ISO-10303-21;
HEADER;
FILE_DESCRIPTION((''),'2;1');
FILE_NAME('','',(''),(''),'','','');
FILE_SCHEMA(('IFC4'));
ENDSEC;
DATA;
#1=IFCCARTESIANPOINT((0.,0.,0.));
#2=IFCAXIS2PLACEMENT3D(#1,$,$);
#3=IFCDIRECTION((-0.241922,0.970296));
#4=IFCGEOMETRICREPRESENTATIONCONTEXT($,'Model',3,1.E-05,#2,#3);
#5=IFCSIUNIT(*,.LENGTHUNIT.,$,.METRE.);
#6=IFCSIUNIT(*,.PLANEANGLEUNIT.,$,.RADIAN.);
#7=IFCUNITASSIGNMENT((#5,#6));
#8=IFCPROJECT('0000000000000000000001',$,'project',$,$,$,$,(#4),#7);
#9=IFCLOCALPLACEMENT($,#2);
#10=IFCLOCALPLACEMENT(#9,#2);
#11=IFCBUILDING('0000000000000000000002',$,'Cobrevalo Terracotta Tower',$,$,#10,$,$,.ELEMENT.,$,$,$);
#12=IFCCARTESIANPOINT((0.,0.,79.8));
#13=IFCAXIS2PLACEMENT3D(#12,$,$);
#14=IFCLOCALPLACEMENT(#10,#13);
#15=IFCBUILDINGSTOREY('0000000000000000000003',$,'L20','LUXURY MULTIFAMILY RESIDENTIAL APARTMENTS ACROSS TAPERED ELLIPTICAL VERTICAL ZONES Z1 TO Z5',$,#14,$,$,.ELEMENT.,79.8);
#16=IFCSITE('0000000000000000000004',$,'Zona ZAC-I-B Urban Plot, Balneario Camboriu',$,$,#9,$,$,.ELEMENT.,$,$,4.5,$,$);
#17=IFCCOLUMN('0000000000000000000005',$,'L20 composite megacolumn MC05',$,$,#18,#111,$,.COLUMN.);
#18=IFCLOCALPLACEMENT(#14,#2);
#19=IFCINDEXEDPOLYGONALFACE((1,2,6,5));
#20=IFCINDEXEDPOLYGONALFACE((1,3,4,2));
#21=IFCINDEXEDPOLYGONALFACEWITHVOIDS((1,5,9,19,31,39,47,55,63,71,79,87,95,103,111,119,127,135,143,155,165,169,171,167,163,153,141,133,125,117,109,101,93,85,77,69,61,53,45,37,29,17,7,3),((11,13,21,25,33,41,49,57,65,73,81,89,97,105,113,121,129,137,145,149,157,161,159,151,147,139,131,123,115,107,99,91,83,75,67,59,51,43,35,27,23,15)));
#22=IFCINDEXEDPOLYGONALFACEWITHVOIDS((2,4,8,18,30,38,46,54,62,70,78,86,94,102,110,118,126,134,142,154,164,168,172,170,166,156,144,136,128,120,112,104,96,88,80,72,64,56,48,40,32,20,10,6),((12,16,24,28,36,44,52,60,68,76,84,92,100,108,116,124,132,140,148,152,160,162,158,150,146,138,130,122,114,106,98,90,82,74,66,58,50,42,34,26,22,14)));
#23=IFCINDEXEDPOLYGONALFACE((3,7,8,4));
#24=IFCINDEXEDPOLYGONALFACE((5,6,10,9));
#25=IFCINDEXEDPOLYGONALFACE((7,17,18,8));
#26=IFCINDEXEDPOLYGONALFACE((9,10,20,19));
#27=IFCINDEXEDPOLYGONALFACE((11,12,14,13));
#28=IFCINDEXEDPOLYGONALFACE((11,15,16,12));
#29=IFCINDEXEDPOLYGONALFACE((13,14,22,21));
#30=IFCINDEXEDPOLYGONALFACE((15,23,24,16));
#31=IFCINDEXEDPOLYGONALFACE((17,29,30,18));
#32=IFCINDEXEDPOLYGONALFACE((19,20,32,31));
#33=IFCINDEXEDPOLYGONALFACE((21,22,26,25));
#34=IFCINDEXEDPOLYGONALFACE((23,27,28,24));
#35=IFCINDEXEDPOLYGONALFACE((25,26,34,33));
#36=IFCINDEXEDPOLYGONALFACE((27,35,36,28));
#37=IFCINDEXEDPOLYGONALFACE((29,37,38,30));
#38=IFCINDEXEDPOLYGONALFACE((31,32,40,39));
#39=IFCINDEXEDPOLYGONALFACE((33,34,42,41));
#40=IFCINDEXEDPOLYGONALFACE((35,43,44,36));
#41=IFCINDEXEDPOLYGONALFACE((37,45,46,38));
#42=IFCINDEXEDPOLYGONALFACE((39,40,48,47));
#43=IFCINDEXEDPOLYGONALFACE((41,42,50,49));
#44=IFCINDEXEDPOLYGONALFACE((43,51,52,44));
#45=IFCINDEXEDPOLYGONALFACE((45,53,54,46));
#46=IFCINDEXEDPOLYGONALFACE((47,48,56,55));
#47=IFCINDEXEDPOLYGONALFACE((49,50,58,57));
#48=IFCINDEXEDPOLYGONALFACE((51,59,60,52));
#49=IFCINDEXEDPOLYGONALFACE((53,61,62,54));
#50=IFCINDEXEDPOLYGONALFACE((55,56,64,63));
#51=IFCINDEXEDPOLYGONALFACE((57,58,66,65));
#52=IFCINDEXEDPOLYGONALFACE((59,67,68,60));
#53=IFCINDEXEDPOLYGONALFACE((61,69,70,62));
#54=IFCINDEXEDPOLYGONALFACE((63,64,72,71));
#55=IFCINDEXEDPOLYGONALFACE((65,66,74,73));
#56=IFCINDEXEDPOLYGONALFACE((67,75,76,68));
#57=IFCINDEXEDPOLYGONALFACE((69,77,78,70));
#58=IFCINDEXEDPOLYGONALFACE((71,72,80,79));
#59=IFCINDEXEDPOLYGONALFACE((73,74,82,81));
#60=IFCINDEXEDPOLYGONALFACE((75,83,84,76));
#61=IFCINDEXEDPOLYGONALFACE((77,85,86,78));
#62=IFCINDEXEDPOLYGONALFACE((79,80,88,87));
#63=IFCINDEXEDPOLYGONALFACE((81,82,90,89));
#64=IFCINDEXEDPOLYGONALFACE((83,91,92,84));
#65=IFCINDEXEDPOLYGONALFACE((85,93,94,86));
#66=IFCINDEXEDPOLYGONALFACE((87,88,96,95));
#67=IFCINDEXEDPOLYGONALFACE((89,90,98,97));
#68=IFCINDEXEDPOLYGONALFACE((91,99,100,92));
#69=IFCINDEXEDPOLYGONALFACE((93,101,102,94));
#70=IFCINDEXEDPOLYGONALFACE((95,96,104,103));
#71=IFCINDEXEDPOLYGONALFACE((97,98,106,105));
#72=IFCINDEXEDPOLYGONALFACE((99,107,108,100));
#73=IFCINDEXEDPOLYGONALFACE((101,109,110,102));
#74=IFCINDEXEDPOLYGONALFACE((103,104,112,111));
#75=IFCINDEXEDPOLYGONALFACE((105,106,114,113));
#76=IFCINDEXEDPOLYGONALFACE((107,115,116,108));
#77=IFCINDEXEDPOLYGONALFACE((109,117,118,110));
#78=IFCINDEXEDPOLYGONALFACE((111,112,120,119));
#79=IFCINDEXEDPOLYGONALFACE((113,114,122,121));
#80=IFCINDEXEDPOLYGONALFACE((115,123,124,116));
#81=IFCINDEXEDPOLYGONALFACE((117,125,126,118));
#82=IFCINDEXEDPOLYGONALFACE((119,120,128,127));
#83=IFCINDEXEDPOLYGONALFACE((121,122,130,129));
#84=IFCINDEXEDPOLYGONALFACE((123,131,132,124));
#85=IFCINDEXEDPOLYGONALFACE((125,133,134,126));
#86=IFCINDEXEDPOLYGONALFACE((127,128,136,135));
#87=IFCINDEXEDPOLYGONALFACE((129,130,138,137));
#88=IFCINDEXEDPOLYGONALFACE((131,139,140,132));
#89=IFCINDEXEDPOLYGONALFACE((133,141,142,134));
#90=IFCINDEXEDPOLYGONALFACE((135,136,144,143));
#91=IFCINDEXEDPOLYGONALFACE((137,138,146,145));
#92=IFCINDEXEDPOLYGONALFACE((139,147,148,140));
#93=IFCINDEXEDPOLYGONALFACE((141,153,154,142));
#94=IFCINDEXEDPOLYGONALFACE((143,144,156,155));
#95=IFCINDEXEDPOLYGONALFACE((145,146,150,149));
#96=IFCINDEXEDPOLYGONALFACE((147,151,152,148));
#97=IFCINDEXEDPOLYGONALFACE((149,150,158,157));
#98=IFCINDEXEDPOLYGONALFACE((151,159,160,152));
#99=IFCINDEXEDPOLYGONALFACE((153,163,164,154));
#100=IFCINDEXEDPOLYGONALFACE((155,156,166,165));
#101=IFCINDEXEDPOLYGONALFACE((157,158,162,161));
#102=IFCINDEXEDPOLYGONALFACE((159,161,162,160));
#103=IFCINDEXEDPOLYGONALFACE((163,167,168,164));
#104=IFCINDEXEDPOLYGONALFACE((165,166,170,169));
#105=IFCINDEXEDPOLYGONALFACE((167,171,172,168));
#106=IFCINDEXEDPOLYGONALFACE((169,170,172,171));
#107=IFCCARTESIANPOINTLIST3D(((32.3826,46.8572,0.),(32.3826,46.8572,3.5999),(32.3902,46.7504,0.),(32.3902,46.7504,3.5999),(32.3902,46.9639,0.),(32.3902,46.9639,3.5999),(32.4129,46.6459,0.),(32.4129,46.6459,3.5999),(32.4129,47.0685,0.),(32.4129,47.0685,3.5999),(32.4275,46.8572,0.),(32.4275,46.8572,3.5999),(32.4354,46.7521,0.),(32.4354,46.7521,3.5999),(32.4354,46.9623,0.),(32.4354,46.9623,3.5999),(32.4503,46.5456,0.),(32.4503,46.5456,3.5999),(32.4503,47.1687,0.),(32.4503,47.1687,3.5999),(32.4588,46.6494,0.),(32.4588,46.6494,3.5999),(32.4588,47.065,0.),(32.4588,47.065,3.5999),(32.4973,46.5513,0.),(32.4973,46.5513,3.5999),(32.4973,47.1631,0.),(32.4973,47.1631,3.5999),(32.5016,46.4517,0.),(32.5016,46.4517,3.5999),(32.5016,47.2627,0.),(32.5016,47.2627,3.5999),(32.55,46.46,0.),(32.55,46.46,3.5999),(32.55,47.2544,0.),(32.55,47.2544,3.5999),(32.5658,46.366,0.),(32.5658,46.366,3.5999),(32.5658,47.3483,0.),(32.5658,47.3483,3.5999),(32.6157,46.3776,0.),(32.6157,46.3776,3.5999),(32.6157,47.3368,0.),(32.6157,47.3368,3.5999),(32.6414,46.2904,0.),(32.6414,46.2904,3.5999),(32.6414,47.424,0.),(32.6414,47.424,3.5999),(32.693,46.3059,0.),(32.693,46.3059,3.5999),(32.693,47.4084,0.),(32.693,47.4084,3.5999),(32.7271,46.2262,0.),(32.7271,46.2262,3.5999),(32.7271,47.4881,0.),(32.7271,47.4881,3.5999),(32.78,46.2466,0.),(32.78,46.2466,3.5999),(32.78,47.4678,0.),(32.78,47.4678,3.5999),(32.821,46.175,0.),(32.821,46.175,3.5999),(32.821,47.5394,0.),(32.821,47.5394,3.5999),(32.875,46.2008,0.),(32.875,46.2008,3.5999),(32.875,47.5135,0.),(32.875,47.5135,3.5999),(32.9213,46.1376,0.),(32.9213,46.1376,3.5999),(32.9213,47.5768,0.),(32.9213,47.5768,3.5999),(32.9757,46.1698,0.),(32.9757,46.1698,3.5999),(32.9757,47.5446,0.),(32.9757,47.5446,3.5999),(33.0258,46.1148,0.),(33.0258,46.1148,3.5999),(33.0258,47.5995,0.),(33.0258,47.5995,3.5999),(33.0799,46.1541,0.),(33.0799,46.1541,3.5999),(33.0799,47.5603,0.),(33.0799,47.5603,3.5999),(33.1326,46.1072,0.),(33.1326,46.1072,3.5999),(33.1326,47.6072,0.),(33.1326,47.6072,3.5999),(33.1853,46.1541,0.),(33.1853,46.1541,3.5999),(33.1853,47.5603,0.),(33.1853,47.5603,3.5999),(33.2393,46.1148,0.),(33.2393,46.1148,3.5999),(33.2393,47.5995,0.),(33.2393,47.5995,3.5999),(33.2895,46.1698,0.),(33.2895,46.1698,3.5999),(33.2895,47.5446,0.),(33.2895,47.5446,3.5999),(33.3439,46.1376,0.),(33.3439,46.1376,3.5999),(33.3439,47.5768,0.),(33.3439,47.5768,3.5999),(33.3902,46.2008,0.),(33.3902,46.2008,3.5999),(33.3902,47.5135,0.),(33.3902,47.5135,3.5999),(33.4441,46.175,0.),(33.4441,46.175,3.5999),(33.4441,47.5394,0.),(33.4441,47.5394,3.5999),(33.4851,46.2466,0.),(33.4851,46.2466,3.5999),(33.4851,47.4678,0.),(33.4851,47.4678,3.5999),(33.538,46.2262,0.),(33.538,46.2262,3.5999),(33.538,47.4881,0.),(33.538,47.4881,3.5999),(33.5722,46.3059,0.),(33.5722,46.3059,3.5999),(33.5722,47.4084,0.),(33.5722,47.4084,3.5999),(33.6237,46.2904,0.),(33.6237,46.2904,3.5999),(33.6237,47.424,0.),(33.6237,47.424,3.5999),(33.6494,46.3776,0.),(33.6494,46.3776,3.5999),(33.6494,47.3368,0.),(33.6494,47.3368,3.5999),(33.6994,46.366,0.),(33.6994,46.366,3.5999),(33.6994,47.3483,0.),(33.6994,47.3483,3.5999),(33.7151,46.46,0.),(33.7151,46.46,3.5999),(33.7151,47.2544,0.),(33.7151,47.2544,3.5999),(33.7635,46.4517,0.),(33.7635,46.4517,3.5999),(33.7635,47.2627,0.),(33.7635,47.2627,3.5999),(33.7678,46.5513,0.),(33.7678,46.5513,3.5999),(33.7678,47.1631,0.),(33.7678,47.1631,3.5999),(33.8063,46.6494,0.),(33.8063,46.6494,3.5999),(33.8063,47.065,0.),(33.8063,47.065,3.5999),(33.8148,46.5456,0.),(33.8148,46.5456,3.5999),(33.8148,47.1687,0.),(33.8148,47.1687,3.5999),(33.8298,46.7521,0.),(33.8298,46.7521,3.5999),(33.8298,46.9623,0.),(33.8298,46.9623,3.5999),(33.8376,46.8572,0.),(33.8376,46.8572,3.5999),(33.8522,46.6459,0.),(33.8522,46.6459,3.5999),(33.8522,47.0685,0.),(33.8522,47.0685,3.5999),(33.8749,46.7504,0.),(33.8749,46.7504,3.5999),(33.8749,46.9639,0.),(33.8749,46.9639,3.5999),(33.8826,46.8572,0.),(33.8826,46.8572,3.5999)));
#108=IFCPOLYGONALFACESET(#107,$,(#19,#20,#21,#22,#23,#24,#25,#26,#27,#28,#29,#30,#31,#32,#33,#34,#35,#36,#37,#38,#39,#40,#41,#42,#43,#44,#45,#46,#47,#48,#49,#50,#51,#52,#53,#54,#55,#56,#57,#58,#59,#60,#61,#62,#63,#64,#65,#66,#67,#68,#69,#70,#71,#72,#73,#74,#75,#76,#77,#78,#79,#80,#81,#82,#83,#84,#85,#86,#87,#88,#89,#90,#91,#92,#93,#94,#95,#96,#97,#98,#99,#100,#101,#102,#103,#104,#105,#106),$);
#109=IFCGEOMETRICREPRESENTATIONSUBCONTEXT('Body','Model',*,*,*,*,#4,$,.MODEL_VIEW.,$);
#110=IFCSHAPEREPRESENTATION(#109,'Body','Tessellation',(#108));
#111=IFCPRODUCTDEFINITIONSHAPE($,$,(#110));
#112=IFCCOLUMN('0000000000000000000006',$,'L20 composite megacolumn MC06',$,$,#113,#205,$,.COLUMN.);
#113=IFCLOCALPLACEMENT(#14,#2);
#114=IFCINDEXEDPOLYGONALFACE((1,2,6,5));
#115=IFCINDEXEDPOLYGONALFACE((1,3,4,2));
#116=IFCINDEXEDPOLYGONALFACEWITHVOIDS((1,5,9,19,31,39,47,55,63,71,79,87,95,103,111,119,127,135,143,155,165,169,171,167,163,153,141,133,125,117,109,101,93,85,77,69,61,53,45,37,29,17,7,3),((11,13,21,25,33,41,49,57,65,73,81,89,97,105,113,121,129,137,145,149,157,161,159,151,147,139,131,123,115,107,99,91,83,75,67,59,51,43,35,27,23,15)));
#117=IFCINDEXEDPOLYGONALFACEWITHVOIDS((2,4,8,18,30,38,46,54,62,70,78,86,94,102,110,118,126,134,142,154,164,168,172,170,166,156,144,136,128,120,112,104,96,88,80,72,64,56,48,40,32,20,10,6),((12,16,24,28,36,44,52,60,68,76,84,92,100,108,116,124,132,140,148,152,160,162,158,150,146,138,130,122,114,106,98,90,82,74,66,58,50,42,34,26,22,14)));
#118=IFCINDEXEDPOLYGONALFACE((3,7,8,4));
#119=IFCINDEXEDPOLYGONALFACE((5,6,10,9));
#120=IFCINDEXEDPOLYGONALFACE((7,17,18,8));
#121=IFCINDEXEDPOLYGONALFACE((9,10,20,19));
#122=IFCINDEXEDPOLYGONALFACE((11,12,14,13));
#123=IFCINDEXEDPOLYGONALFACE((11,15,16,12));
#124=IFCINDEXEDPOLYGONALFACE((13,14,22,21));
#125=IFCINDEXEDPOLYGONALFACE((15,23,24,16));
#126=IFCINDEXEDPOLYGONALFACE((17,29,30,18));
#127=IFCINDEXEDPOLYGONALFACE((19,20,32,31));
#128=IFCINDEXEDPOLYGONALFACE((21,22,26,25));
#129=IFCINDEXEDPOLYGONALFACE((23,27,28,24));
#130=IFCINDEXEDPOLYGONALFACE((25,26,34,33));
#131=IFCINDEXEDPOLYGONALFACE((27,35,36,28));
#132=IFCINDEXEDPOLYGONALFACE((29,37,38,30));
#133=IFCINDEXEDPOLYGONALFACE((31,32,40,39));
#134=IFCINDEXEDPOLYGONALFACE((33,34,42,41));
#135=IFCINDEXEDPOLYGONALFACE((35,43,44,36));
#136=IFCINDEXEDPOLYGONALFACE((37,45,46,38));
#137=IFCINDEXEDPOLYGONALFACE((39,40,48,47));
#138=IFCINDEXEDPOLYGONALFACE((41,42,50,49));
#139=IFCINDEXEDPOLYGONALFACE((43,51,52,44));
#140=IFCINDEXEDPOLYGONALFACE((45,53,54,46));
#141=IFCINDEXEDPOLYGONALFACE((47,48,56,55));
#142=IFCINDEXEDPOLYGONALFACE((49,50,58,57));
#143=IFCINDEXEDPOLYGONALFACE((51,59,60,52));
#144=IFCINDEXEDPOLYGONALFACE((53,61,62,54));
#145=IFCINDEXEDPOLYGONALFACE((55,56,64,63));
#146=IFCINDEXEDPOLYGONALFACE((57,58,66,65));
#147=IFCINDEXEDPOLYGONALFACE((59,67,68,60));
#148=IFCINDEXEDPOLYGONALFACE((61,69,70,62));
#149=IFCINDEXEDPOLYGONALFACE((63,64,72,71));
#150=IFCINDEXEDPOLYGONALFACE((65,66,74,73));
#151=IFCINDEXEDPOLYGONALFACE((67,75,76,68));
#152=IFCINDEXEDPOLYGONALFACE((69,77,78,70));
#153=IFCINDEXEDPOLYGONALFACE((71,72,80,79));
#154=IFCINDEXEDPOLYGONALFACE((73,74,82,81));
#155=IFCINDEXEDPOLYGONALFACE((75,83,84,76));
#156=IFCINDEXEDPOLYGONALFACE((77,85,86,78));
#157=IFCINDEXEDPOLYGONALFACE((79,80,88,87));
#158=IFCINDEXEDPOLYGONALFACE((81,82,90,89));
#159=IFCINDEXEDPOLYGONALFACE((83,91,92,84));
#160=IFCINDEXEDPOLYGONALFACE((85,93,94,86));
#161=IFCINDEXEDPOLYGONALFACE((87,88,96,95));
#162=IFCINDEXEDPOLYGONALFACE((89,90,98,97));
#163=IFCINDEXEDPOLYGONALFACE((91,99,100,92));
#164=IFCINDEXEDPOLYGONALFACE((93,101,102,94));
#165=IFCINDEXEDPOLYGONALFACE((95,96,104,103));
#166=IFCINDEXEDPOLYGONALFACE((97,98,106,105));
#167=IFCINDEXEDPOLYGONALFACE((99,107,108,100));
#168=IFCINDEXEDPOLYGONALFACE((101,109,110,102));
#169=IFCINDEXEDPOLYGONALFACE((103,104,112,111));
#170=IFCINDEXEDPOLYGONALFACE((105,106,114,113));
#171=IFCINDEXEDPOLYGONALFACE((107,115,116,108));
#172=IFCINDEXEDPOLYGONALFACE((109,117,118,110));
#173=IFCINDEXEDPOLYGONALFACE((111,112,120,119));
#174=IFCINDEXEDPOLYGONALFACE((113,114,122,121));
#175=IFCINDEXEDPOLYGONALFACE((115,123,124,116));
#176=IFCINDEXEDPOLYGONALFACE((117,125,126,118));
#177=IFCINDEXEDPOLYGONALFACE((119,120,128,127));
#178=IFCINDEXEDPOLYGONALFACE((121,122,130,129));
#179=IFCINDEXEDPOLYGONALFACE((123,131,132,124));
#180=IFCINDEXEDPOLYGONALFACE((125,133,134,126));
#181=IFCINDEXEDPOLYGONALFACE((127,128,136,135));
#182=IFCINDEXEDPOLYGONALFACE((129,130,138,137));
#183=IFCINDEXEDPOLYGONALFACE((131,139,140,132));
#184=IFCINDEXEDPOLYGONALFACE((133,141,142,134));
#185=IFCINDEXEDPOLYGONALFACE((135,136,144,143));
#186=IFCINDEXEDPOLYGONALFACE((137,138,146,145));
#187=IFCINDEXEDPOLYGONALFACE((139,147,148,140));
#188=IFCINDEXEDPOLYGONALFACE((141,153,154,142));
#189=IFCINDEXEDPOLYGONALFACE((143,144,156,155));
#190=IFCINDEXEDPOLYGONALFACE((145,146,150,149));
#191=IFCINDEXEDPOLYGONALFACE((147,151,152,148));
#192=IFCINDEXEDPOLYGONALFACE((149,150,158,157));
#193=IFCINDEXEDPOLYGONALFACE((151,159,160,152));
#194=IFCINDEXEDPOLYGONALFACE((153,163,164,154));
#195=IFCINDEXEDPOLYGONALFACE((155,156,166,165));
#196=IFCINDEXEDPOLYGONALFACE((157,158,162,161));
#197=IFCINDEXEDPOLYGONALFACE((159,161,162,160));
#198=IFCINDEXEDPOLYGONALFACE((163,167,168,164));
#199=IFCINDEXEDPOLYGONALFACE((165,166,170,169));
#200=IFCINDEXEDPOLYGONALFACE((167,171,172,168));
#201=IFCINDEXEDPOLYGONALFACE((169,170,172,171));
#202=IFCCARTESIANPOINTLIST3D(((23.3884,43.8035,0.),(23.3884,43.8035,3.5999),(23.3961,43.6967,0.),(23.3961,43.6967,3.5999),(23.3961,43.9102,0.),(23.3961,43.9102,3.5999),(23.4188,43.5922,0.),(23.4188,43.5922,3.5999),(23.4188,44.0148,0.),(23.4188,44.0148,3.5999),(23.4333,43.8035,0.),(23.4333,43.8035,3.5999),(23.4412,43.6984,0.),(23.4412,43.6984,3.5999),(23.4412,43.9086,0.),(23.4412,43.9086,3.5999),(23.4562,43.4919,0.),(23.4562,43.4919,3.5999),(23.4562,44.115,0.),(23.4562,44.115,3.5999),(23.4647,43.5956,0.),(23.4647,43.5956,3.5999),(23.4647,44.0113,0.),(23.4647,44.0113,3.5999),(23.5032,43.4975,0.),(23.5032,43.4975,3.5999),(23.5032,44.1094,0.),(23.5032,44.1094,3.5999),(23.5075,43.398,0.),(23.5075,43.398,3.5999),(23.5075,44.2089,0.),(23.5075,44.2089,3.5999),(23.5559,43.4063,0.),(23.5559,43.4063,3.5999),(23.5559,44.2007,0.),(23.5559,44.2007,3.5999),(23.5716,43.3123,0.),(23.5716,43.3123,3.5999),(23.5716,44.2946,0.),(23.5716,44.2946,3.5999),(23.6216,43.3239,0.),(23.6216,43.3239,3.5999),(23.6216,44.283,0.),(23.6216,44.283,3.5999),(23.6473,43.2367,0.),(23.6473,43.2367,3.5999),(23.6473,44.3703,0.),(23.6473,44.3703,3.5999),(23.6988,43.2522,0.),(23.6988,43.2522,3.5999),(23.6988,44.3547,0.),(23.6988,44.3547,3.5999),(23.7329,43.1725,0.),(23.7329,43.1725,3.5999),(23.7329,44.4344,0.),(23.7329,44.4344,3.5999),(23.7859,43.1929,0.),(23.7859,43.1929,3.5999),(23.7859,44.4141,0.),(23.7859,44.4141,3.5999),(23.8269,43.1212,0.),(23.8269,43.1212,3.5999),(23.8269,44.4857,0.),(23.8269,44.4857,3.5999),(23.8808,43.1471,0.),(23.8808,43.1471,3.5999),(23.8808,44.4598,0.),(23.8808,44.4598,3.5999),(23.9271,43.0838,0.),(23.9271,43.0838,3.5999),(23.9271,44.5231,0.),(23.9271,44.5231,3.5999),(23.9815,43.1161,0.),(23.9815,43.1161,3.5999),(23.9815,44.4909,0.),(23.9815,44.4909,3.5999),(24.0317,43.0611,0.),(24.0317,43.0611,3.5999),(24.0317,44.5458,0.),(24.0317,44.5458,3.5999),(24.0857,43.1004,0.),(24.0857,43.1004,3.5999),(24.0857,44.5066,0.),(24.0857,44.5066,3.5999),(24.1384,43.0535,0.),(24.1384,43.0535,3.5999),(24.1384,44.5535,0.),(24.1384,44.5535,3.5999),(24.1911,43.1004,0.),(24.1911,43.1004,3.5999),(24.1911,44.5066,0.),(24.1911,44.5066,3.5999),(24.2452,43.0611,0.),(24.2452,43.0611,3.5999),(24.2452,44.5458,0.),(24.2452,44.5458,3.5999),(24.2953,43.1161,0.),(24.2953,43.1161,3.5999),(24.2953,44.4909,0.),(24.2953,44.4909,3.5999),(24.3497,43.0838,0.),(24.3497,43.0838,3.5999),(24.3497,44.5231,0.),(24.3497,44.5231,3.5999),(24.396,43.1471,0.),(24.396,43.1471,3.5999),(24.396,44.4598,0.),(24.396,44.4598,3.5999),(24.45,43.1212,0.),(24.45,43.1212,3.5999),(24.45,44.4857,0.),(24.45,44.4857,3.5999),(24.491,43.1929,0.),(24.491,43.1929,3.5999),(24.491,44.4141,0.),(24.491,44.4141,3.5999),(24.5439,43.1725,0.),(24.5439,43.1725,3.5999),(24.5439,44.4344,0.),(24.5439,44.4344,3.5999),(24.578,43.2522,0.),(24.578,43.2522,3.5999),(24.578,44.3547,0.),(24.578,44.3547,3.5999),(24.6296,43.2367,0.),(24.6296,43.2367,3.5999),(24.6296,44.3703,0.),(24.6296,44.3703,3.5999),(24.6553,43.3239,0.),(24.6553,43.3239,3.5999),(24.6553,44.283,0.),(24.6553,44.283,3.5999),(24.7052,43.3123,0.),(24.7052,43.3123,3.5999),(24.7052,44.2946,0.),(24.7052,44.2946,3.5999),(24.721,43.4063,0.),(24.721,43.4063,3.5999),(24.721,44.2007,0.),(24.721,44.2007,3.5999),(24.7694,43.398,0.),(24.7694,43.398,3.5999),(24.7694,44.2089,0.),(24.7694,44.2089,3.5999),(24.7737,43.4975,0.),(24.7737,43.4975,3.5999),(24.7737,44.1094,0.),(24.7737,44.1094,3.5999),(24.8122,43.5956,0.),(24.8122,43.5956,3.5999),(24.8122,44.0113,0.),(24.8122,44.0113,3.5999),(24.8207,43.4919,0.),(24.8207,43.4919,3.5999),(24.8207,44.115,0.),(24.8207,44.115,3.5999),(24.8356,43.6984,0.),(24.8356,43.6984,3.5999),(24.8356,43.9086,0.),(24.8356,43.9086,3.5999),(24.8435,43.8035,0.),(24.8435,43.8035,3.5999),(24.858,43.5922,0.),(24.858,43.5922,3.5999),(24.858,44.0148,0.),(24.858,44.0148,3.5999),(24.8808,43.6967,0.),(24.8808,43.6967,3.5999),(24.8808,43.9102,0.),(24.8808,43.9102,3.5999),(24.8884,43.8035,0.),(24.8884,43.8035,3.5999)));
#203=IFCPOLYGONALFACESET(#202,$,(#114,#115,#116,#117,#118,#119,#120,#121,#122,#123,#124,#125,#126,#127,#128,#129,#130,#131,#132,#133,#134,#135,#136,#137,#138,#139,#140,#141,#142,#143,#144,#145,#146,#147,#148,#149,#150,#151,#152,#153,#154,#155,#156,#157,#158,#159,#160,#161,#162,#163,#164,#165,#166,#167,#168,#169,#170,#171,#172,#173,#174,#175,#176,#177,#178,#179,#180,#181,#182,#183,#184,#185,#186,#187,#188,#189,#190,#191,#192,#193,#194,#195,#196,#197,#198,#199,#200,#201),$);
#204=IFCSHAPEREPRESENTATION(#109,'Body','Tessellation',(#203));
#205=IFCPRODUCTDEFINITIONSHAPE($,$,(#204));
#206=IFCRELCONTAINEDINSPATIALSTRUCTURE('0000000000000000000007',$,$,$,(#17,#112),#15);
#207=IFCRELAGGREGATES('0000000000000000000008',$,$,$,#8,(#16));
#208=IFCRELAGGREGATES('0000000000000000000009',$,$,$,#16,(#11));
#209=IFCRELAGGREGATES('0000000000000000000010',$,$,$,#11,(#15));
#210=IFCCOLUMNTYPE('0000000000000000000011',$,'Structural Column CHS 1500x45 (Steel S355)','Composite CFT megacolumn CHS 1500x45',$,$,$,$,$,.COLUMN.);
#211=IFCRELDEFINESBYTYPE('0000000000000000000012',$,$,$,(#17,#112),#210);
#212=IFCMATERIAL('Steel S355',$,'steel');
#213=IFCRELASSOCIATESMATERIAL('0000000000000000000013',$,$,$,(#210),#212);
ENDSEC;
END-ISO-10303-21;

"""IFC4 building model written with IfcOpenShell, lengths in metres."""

from ifc_helpers import new_model, si_unit, direction, frame, origin, origin_2d, place, context, subcontext, project, spatial, hollow_circle, extrude, material, material_profile, profile_set, type_object, element, save


model = new_model("IFC4")

# Units and contexts
model_context = context("Model", 3, precision=1e-05, world=origin(), true_north=direction((-0.241922, 0.970296)))
body_context = subcontext(model_context, "Body", "Model", "MODEL_VIEW")
ifc_project = project(units=[si_unit("LENGTHUNIT", "METRE"), si_unit("PLANEANGLEUNIT", "RADIAN")], contexts=[model_context])

# Site, building, storey
site_placement = place(None, origin())
site = spatial("IfcSite", under=ifc_project, at=site_placement, Name="Zona ZAC-I-B Urban Plot, Balneario Camboriu", CompositionType="ELEMENT", RefElevation=4.5)
building_placement = place(site_placement, origin())
building = spatial("IfcBuilding", under=site, at=building_placement, Name="Cobrevalo Terracotta Tower", CompositionType="ELEMENT")
storey_placement = place(building_placement, frame((0.0, 0.0, 79.8)))
storey = spatial("IfcBuildingStorey", under=building, at=storey_placement, Name="L20", Description="LUXURY MULTIFAMILY RESIDENTIAL APARTMENTS ACROSS TAPERED ELLIPTICAL VERTICAL ZONES Z1 TO Z5", CompositionType="ELEMENT", Elevation=79.8)

# Columns
ifc_material_1 = material(Name="Steel S355", Category="steel")
ifc_material_profile_1 = material_profile(ifc_material_1, hollow_circle(Radius=0.75, WallThickness=0.0449, at=origin_2d()), Name="CHS 1500x45")
ifc_profile_set_1 = profile_set([ifc_material_profile_1], Name="Steel S355")
column_type_1 = type_object("IfcColumnType", Name="Structural Column CHS 1500x45 (Steel S355)", Description="Composite CFT megacolumn CHS 1500x45", PredefinedType="COLUMN", material=ifc_profile_set_1)
for number, where, z_axis, x_axis, name in (
    (1, (33.1326, 46.8572, 0.0), (0.0, 0.0, 1.0), (1.0, 0.0, 0.0), "L20 composite megacolumn MC05"),
    (2, (24.1384, 43.8035, 0.0), (0.0, 0.0, 1.0), (1.0, 0.0, 0.0), "L20 composite megacolumn MC06"),
):
    element("IfcColumn", number, at=place(storey_placement, frame(where, z_axis=z_axis, x_axis=x_axis)), inside=storey, type_object=column_type_1, Name=name, PredefinedType="COLUMN", context=body_context, shape_type="SweptSolid", body=[
        extrude(hollow_circle(Radius=0.75, WallThickness=0.0449, at=origin_2d()), origin(), (0.0, 0.0, 1.0), 3.5999),
    ])

save(model, "model.ifc")
